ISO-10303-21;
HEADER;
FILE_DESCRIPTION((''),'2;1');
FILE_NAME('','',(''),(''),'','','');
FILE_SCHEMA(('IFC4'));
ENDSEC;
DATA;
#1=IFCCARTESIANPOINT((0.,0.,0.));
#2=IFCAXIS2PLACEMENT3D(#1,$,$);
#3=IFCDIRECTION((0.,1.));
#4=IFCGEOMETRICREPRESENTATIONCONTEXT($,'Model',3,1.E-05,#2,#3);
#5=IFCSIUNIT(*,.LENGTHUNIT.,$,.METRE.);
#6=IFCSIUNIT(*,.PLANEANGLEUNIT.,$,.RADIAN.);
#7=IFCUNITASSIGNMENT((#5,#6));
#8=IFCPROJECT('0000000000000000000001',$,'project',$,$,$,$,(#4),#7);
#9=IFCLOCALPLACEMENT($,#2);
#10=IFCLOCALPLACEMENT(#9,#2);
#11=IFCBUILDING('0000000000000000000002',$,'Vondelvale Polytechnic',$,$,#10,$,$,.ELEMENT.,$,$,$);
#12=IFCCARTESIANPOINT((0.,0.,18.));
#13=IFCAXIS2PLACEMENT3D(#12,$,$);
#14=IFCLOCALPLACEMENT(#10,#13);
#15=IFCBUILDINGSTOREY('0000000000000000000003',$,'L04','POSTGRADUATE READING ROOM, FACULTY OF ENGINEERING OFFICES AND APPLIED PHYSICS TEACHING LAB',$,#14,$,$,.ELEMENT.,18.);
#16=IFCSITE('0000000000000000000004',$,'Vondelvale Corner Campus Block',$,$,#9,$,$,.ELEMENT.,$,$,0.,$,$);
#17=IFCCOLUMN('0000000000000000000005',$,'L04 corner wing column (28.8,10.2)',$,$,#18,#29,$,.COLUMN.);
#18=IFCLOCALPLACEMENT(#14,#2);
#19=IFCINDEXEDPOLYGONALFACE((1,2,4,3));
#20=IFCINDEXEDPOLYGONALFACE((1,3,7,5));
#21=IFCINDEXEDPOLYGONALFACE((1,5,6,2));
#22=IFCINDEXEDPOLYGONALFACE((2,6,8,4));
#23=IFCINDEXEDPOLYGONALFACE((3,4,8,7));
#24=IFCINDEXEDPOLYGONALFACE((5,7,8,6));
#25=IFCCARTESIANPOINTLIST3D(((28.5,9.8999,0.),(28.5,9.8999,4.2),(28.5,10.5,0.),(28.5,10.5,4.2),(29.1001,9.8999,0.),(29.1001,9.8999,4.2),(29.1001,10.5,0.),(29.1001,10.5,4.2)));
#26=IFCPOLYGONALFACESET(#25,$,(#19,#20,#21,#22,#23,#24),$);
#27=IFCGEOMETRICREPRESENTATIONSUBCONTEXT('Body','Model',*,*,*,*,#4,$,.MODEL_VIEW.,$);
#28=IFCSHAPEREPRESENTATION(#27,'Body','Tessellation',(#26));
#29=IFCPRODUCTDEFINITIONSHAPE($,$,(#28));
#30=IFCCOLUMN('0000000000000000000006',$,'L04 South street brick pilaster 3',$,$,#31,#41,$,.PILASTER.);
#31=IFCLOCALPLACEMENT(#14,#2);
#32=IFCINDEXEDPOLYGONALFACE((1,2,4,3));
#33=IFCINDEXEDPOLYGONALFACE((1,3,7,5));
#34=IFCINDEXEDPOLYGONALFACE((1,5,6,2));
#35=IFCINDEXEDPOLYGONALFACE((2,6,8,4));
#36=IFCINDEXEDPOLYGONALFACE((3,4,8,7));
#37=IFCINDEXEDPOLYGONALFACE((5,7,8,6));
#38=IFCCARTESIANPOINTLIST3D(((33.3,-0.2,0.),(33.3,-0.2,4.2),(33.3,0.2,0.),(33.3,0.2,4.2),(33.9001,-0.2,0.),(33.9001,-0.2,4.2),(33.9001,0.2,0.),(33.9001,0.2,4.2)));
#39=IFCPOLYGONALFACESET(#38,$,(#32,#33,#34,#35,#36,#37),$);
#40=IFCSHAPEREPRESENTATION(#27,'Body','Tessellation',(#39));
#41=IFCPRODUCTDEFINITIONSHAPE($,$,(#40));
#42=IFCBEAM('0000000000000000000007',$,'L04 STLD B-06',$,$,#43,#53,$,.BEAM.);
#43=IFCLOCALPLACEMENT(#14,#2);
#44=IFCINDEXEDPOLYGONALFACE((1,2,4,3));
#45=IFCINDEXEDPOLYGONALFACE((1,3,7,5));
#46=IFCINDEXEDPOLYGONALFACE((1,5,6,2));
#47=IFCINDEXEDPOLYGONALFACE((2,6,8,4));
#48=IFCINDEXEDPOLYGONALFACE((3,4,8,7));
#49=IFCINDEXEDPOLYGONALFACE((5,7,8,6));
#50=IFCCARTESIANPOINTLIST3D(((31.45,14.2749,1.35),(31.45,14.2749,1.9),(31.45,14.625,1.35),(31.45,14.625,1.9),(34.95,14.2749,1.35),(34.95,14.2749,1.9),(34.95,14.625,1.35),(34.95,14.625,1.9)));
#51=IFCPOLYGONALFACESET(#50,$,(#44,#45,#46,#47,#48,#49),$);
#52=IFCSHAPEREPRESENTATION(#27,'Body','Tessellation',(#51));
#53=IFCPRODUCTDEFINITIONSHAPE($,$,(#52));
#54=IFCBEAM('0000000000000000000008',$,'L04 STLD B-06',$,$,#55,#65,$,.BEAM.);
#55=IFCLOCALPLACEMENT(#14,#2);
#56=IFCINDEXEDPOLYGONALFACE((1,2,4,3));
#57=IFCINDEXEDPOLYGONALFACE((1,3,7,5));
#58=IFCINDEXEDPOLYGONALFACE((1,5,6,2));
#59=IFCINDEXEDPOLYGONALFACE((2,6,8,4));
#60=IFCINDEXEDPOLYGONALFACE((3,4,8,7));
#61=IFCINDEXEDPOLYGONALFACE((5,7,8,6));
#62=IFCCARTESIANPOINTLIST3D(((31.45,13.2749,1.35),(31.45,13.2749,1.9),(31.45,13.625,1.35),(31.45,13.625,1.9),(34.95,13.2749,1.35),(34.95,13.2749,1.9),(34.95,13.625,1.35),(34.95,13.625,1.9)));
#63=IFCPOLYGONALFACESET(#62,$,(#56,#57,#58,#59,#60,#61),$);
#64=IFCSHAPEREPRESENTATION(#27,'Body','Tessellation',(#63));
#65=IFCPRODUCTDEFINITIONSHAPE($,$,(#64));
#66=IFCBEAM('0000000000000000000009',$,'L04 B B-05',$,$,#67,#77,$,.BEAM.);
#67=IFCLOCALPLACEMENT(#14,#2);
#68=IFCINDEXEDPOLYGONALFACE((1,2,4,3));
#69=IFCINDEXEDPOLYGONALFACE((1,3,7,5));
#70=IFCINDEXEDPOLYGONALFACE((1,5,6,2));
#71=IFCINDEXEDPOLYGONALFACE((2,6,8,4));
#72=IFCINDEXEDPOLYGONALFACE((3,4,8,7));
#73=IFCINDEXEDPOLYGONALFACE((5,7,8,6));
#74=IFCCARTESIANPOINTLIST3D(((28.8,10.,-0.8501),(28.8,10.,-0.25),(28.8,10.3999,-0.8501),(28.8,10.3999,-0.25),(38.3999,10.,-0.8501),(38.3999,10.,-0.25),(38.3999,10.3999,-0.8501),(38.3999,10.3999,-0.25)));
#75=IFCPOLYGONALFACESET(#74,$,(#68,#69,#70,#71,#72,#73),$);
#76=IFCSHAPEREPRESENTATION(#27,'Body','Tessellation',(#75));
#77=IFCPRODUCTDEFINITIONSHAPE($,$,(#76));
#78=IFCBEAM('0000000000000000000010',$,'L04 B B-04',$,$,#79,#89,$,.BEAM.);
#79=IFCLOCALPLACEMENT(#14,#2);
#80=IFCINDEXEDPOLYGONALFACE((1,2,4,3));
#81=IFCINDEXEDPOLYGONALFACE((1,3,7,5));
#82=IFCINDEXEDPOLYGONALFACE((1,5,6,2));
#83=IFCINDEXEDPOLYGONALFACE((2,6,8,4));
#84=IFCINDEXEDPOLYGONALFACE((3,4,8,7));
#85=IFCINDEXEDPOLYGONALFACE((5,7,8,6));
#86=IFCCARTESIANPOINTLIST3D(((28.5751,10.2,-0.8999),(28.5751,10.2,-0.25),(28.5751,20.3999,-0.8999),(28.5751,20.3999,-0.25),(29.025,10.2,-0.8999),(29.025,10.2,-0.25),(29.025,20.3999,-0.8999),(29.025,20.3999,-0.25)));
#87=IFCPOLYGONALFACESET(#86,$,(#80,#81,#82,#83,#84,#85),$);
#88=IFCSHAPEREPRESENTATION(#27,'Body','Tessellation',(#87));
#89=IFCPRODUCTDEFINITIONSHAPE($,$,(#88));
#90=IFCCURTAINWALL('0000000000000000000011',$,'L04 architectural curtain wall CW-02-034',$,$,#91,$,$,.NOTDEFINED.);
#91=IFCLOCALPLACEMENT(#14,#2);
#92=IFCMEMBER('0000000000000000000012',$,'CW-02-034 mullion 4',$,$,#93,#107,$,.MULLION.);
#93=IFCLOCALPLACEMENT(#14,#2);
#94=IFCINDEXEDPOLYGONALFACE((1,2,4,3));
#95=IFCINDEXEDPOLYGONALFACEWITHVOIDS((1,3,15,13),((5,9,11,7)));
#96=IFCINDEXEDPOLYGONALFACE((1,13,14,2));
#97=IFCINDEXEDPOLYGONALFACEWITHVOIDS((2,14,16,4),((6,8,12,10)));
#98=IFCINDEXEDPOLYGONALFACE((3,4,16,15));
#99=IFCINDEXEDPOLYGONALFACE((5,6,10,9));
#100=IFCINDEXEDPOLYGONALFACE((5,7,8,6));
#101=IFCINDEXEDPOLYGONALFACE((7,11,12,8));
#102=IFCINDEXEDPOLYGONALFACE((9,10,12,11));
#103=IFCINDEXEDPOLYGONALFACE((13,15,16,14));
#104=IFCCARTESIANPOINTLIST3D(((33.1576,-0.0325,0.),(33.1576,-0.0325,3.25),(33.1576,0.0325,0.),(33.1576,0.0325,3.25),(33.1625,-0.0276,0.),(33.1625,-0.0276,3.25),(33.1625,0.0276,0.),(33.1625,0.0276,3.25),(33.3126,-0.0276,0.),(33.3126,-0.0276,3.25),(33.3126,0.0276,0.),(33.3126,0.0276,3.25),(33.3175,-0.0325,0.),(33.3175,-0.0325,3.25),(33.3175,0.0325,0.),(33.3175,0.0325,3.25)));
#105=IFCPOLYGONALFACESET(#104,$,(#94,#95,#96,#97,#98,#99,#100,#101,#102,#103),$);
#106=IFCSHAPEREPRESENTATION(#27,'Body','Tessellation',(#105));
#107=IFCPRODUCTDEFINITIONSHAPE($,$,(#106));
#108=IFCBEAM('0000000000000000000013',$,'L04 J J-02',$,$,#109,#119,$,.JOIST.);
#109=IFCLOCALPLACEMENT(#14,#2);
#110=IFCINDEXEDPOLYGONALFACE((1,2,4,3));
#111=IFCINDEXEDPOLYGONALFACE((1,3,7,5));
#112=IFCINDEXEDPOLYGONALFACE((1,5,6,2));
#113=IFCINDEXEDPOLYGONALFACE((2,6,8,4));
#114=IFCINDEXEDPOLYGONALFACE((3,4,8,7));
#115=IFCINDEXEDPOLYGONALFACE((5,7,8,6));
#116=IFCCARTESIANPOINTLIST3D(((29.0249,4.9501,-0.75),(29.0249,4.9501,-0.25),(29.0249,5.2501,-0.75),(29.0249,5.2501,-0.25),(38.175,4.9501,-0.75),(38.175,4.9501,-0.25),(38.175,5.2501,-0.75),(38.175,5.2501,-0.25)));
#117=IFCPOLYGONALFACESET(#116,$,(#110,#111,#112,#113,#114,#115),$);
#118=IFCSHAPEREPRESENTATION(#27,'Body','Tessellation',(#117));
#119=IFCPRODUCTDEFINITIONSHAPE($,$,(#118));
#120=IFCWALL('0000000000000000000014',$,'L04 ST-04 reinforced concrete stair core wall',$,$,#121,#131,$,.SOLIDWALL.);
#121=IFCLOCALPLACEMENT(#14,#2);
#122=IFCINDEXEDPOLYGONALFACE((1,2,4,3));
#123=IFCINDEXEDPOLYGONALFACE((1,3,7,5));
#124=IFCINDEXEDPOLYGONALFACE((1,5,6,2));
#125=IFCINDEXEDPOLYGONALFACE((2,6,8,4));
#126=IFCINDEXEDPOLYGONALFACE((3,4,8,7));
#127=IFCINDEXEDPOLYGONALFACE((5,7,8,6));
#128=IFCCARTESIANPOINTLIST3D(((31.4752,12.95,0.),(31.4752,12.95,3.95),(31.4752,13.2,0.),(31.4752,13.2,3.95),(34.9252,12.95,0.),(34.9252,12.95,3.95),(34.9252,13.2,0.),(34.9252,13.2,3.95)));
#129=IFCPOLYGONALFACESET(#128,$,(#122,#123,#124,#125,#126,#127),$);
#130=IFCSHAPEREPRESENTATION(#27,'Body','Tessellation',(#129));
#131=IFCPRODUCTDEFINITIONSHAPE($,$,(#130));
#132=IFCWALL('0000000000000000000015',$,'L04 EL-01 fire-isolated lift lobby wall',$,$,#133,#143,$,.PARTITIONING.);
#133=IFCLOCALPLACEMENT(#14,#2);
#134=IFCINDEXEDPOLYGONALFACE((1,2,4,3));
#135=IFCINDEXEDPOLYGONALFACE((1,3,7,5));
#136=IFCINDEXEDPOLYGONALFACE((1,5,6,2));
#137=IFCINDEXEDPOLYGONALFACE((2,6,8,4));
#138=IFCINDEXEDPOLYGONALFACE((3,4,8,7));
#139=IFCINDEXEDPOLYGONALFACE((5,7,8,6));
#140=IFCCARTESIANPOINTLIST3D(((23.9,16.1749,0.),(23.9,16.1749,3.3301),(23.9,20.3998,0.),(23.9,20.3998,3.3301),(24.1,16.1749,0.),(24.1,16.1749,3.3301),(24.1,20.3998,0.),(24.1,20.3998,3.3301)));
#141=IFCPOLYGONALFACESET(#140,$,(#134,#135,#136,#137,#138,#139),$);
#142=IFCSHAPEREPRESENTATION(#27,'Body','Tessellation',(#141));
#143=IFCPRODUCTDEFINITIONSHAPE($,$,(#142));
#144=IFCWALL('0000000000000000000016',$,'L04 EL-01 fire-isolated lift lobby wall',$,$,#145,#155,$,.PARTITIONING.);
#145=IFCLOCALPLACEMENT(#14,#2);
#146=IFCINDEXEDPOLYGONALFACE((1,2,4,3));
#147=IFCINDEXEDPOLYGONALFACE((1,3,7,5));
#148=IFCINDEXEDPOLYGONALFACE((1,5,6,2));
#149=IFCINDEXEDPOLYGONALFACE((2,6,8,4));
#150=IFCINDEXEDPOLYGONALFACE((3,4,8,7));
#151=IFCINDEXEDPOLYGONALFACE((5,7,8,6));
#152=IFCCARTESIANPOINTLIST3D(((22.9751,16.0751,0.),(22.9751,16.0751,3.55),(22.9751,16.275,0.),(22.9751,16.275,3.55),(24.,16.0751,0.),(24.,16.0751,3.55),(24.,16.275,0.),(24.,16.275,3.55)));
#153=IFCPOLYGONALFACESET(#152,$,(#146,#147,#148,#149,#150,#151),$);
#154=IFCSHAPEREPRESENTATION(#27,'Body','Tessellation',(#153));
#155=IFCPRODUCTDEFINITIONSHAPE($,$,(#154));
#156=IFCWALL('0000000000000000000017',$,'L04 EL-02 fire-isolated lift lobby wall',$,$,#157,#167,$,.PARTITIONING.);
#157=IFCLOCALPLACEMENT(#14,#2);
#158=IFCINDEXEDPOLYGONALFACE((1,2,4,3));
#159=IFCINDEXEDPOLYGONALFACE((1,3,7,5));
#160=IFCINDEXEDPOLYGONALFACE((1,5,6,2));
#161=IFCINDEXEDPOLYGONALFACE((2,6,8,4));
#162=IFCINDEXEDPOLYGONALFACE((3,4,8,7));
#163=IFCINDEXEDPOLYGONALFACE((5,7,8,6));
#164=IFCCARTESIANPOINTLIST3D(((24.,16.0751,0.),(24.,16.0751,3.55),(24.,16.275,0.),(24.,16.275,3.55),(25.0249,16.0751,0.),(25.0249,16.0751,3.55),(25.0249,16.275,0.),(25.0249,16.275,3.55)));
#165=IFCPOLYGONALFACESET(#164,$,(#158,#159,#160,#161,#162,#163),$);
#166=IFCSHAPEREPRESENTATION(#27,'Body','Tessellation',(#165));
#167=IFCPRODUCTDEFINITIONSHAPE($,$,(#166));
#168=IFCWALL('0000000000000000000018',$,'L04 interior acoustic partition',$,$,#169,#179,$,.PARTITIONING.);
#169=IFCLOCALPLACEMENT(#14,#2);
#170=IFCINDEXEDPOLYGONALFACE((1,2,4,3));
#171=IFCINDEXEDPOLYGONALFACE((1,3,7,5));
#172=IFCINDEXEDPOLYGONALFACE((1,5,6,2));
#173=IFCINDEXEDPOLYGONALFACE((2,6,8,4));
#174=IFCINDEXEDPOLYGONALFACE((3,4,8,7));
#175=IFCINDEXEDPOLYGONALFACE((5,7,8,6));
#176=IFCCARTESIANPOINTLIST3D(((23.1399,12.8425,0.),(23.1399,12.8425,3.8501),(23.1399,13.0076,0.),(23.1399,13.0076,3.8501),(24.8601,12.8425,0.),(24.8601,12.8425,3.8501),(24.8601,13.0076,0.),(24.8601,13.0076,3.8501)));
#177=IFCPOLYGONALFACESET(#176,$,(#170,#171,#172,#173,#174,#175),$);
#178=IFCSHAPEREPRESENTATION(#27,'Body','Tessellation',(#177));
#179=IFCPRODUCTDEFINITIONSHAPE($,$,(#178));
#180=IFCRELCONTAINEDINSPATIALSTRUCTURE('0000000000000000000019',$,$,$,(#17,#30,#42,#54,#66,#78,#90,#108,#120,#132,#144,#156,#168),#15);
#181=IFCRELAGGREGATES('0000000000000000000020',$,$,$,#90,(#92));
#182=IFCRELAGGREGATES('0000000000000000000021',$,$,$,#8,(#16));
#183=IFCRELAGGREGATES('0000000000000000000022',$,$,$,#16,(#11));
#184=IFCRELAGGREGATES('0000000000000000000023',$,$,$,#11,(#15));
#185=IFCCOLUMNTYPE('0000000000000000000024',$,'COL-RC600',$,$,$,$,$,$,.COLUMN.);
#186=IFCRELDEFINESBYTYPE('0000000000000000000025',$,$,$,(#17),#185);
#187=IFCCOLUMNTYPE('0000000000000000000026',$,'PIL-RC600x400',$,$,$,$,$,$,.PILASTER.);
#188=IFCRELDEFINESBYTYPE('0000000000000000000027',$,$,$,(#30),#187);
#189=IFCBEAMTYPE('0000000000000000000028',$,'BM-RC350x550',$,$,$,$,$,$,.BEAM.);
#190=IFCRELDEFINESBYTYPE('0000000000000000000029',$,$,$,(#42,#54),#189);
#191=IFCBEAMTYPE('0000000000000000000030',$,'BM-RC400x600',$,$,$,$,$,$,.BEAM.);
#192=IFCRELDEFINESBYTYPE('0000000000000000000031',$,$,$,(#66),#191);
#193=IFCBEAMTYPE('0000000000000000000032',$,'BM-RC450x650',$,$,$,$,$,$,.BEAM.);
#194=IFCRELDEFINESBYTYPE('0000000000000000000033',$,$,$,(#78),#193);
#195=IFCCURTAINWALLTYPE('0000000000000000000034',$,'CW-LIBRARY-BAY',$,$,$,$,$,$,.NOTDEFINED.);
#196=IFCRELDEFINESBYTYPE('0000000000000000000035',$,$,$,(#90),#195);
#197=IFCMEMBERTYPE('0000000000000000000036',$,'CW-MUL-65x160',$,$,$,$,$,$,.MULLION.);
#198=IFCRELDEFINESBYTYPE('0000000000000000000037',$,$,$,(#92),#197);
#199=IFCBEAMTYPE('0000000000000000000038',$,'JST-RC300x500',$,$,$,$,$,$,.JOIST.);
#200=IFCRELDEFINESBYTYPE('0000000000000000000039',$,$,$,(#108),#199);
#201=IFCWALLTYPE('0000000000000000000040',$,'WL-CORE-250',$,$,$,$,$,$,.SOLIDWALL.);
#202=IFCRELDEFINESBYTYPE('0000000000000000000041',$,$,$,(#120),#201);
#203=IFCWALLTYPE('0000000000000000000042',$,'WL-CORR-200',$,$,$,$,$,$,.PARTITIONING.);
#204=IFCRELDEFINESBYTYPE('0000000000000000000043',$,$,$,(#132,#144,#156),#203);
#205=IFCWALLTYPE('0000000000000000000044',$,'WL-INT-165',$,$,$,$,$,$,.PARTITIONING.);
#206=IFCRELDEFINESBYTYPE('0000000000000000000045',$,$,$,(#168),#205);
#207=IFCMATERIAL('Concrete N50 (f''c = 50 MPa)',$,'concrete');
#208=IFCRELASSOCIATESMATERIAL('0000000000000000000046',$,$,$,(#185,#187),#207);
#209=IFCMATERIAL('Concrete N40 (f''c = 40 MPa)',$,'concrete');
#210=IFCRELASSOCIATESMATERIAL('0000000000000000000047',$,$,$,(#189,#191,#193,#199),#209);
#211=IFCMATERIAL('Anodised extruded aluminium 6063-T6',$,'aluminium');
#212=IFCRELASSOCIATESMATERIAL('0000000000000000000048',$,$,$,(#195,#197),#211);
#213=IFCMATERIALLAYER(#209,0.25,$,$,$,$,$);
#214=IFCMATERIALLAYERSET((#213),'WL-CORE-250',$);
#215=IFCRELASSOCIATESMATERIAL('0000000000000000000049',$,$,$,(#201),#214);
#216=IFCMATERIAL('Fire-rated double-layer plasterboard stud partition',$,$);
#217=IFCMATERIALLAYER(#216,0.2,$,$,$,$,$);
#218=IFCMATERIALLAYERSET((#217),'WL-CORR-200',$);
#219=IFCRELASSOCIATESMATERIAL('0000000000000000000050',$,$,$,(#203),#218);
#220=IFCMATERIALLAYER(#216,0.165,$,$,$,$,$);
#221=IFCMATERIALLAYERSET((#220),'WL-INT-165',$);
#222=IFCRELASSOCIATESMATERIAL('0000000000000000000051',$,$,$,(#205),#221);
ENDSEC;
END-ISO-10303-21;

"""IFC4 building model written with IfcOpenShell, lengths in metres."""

from ifc_helpers import new_model, si_unit, direction, frame, frame_2d, origin, origin_2d, place, context, subcontext, project, spatial, rectangle, hollow_rectangle, extrude, material, layer, layer_set, material_profile, profile_set, type_object, element, aggregate, save


model = new_model("IFC4")

# Units and contexts
model_context = context("Model", 3, precision=1e-05, world=origin(), true_north=direction((0.0, 1.0)))
body_context = subcontext(model_context, "Body", "Model", "MODEL_VIEW")
ifc_project = project(units=[si_unit("LENGTHUNIT", "METRE"), si_unit("PLANEANGLEUNIT", "RADIAN")], contexts=[model_context])

# Site, building, storey
site_placement = place(None, origin())
site = spatial("IfcSite", under=ifc_project, at=site_placement, Name="Vondelvale Corner Campus Block", CompositionType="ELEMENT", RefElevation=0.0)
building_placement = place(site_placement, origin())
building = spatial("IfcBuilding", under=site, at=building_placement, Name="Vondelvale Polytechnic", CompositionType="ELEMENT")
storey_placement = place(building_placement, frame((0.0, 0.0, 18.0)))
storey = spatial("IfcBuildingStorey", under=building, at=storey_placement, Name="L04", Description="POSTGRADUATE READING ROOM, FACULTY OF ENGINEERING OFFICES AND APPLIED PHYSICS TEACHING LAB", CompositionType="ELEMENT", Elevation=18.0)

# Columns
ifc_material_1 = material(Name="Concrete N50 (f'c = 50 MPa)", Category="concrete")
ifc_material_profile_1 = material_profile(ifc_material_1, rectangle(XDim=0.6001, YDim=0.6001, at=origin_2d()), Name="RC-COL-600x600")
ifc_profile_set_1 = profile_set([ifc_material_profile_1], Name="Concrete N50 (f'c = 50 MPa)")
column_type_1 = type_object("IfcColumnType", Name="COL-RC600", PredefinedType="COLUMN", material=ifc_profile_set_1)
column_1_placement = place(storey_placement, frame((28.8, 10.2, 0.0), z_axis=(0.0, 0.0, 1.0), x_axis=(1.0, 0.0, 0.0)))
element("IfcColumn", 1, at=column_1_placement, inside=storey, type_object=column_type_1, Name="L04 corner wing column (28.8,10.2)", PredefinedType="COLUMN", context=body_context, shape_type="SweptSolid", body=[
    extrude(rectangle(XDim=0.6001, YDim=0.6001, at=origin_2d()), origin(), (0.0, 0.0, 1.0), 4.2),
])
ifc_material_profile_2 = material_profile(ifc_material_1, rectangle(XDim=0.3999, YDim=0.6001, at=origin_2d()), Name="RC-PIL-600x400")
ifc_profile_set_2 = profile_set([ifc_material_profile_2], Name="Concrete N50 (f'c = 50 MPa)")
column_type_2 = type_object("IfcColumnType", Name="PIL-RC600x400", PredefinedType="PILASTER", material=ifc_profile_set_2)
column_2_placement = place(storey_placement, frame((33.6001, 0.0, 0.0), z_axis=(0.0, 0.0, 1.0), x_axis=(0.0, 1.0, 0.0)))
element("IfcColumn", 2, at=column_2_placement, inside=storey, type_object=column_type_2, Name="L04 South street brick pilaster 3", PredefinedType="PILASTER", context=body_context, shape_type="SweptSolid", body=[
    extrude(rectangle(XDim=0.3999, YDim=0.6001, at=origin_2d()), origin(), (0.0, 0.0, 1.0), 4.2),
])

# Beams
ifc_material_2 = material(Name="Concrete N40 (f'c = 40 MPa)", Category="concrete")
ifc_material_profile_3 = material_profile(ifc_material_2, rectangle(XDim=0.3501, YDim=0.55, at=origin_2d()), Name="RC-BM-350x550")
ifc_profile_set_3 = profile_set([ifc_material_profile_3], Name="Concrete N40 (f'c = 40 MPa)")
beam_type_1 = type_object("IfcBeamType", Name="BM-RC350x550", PredefinedType="BEAM", material=ifc_profile_set_3)
for number, where, z_axis, x_axis, name in (
    (3, (31.45, 14.45, 1.625), (1.0, 0.0, 0.0), (0.0, 1.0, 0.0), "L04 STLD B-06"),
    (4, (31.45, 13.45, 1.625), (1.0, 0.0, 0.0), (0.0, 1.0, 0.0), "L04 STLD B-06"),
):
    element("IfcBeam", number, at=place(storey_placement, frame(where, z_axis=z_axis, x_axis=x_axis)), inside=storey, type_object=beam_type_1, Name=name, PredefinedType="BEAM", context=body_context, shape_type="SweptSolid", body=[
        extrude(rectangle(XDim=0.3501, YDim=0.55, at=origin_2d()), origin(), (0.0, 0.0, 1.0), 3.5),
    ])
ifc_material_profile_4 = material_profile(ifc_material_2, rectangle(XDim=0.3999, YDim=0.6001, at=origin_2d()), Name="RC-BM-400x600")
ifc_profile_set_4 = profile_set([ifc_material_profile_4], Name="Concrete N40 (f'c = 40 MPa)")
beam_type_2 = type_object("IfcBeamType", Name="BM-RC400x600", PredefinedType="BEAM", material=ifc_profile_set_4)
beam_1_placement = place(storey_placement, frame((28.8, 10.2, -0.55), z_axis=(1.0, 0.0, 0.0), x_axis=(0.0, 1.0, 0.0)))
element("IfcBeam", 5, at=beam_1_placement, inside=storey, type_object=beam_type_2, Name="L04 B B-05", PredefinedType="BEAM", context=body_context, shape_type="SweptSolid", body=[
    extrude(rectangle(XDim=0.3999, YDim=0.6001, at=origin_2d()), origin(), (0.0, 0.0, 1.0), 9.5999),
])
ifc_material_profile_5 = material_profile(ifc_material_2, rectangle(XDim=0.45, YDim=0.6499, at=origin_2d()), Name="RC-BM-450x650")
ifc_profile_set_5 = profile_set([ifc_material_profile_5], Name="Concrete N40 (f'c = 40 MPa)")
beam_type_3 = type_object("IfcBeamType", Name="BM-RC450x650", PredefinedType="BEAM", material=ifc_profile_set_5)
beam_2_placement = place(storey_placement, frame((28.8, 10.2, -0.575), z_axis=(0.0, 1.0, 0.0), x_axis=(-1.0, 0.0, 0.0)))
element("IfcBeam", 6, at=beam_2_placement, inside=storey, type_object=beam_type_3, Name="L04 B B-04", PredefinedType="BEAM", context=body_context, shape_type="SweptSolid", body=[
    extrude(rectangle(XDim=0.45, YDim=0.6499, at=origin_2d()), origin(), (0.0, 0.0, 1.0), 10.2),
])

# Curtain wall, member
ifc_material_3 = material(Name="Anodised extruded aluminium 6063-T6", Category="aluminium")
curtain_wall_type = type_object("IfcCurtainWallType", Name="CW-LIBRARY-BAY", PredefinedType="NOTDEFINED", material=ifc_material_3)
curtain_wall_placement = place(storey_placement, origin())
curtain_wall = element("IfcCurtainWall", 7, at=curtain_wall_placement, inside=storey, type_object=curtain_wall_type, Name="L04 architectural curtain wall CW-02-034", PredefinedType="NOTDEFINED")
ifc_material_profile_6 = material_profile(ifc_material_3, hollow_rectangle(XDim=0.0649, YDim=0.1599, WallThickness=0.0049, at=origin_2d()), Name="CW-MUL-160x65")
ifc_profile_set_6 = profile_set([ifc_material_profile_6], Name="Anodised extruded aluminium 6063-T6")
member_type = type_object("IfcMemberType", Name="CW-MUL-65x160", PredefinedType="MULLION", material=ifc_profile_set_6)
member_placement = place(storey_placement, frame((33.2375, 0.0, 0.0), z_axis=(0.0, 0.0, 1.0), x_axis=(0.0, 1.0, 0.0)))
member = element("IfcMember", 8, at=member_placement, type_object=member_type, Name="CW-02-034 mullion 4", PredefinedType="MULLION", context=body_context, shape_type="SweptSolid", body=[
    extrude(hollow_rectangle(XDim=0.0649, YDim=0.1599, WallThickness=0.0049, at=origin_2d()), origin(), (0.0, 0.0, 1.0), 3.25),
])
aggregate(curtain_wall, [member])

# Beam
ifc_material_profile_7 = material_profile(ifc_material_2, rectangle(XDim=0.3, YDim=0.5, at=origin_2d()), Name="RC-JST-300x500")
ifc_profile_set_7 = profile_set([ifc_material_profile_7], Name="Concrete N40 (f'c = 40 MPa)")
beam_type_4 = type_object("IfcBeamType", Name="JST-RC300x500", PredefinedType="JOIST", material=ifc_profile_set_7)
beam_3_placement = place(storey_placement, frame((29.0249, 5.1001, -0.5), z_axis=(1.0, 0.0, 0.0), x_axis=(0.0, 1.0, 0.0)))
element("IfcBeam", 9, at=beam_3_placement, inside=storey, type_object=beam_type_4, Name="L04 J J-02", PredefinedType="JOIST", context=body_context, shape_type="SweptSolid", body=[
    extrude(rectangle(XDim=0.3, YDim=0.5, at=origin_2d()), origin(), (0.0, 0.0, 1.0), 9.1501),
])

# Walls
ifc_layer_1 = layer(ifc_material_2, 0.25)
ifc_layer_set_1 = layer_set([ifc_layer_1], Name="WL-CORE-250")
wall_type_1 = type_object("IfcWallType", Name="WL-CORE-250", PredefinedType="SOLIDWALL", material=ifc_layer_set_1)
wall_1_placement = place(storey_placement, frame((31.4751, 13.075, 0.0), z_axis=(0.0, 0.0, 1.0), x_axis=(1.0, 0.0, 0.0)))
element("IfcWall", 10, at=wall_1_placement, inside=storey, type_object=wall_type_1, Name="L04 ST-04 reinforced concrete stair core wall", PredefinedType="SOLIDWALL", context=body_context, shape_type="SweptSolid", body=[
    extrude(rectangle(XDim=3.45, YDim=0.25, at=frame_2d((1.7251, 0.0))), origin(), (0.0, 0.0, 1.0), 3.95),
])
ifc_material_4 = material(Name="Fire-rated double-layer plasterboard stud partition")
ifc_layer_2 = layer(ifc_material_4, 0.2)
ifc_layer_set_2 = layer_set([ifc_layer_2], Name="WL-CORR-200")
wall_type_2 = type_object("IfcWallType", Name="WL-CORR-200", PredefinedType="PARTITIONING", material=ifc_layer_set_2)
wall_2_placement = place(storey_placement, frame((24.0, 16.175, 0.0), z_axis=(0.0, 0.0, 1.0), x_axis=(0.0, 1.0, 0.0)))
element("IfcWall", 11, at=wall_2_placement, inside=storey, type_object=wall_type_2, Name="L04 EL-01 fire-isolated lift lobby wall", PredefinedType="PARTITIONING", context=body_context, shape_type="SweptSolid", body=[
    extrude(rectangle(XDim=4.2249, YDim=0.2, at=frame_2d((2.1123, 0.0))), origin(), (0.0, 0.0, 1.0), 3.3301),
])
for number, where, z_axis, x_axis, name in (
    (12, (22.9751, 16.175, 0.0), (0.0, 0.0, 1.0), (1.0, 0.0, 0.0), "L04 EL-01 fire-isolated lift lobby wall"),
    (13, (24.0, 16.175, 0.0), (0.0, 0.0, 1.0), (1.0, 0.0, 0.0), "L04 EL-02 fire-isolated lift lobby wall"),
):
    element("IfcWall", number, at=place(storey_placement, frame(where, z_axis=z_axis, x_axis=x_axis)), inside=storey, type_object=wall_type_2, Name=name, PredefinedType="PARTITIONING", context=body_context, shape_type="SweptSolid", body=[
        extrude(rectangle(XDim=1.0249, YDim=0.2, at=frame_2d((0.5125, 0.0))), origin(), (0.0, 0.0, 1.0), 3.55),
    ])
ifc_layer_3 = layer(ifc_material_4, 0.165)
ifc_layer_set_3 = layer_set([ifc_layer_3], Name="WL-INT-165")
wall_type_3 = type_object("IfcWallType", Name="WL-INT-165", PredefinedType="PARTITIONING", material=ifc_layer_set_3)
wall_3_placement = place(storey_placement, frame((23.1399, 12.925, 0.0), z_axis=(0.0, 0.0, 1.0), x_axis=(1.0, 0.0, 0.0)))
element("IfcWall", 14, at=wall_3_placement, inside=storey, type_object=wall_type_3, Name="L04 interior acoustic partition", PredefinedType="PARTITIONING", context=body_context, shape_type="SweptSolid", body=[
    extrude(rectangle(XDim=1.7202, YDim=0.165, at=frame_2d((0.8601, 0.0))), origin(), (0.0, 0.0, 1.0), 3.8501),
])

save(model, "model.ifc")
